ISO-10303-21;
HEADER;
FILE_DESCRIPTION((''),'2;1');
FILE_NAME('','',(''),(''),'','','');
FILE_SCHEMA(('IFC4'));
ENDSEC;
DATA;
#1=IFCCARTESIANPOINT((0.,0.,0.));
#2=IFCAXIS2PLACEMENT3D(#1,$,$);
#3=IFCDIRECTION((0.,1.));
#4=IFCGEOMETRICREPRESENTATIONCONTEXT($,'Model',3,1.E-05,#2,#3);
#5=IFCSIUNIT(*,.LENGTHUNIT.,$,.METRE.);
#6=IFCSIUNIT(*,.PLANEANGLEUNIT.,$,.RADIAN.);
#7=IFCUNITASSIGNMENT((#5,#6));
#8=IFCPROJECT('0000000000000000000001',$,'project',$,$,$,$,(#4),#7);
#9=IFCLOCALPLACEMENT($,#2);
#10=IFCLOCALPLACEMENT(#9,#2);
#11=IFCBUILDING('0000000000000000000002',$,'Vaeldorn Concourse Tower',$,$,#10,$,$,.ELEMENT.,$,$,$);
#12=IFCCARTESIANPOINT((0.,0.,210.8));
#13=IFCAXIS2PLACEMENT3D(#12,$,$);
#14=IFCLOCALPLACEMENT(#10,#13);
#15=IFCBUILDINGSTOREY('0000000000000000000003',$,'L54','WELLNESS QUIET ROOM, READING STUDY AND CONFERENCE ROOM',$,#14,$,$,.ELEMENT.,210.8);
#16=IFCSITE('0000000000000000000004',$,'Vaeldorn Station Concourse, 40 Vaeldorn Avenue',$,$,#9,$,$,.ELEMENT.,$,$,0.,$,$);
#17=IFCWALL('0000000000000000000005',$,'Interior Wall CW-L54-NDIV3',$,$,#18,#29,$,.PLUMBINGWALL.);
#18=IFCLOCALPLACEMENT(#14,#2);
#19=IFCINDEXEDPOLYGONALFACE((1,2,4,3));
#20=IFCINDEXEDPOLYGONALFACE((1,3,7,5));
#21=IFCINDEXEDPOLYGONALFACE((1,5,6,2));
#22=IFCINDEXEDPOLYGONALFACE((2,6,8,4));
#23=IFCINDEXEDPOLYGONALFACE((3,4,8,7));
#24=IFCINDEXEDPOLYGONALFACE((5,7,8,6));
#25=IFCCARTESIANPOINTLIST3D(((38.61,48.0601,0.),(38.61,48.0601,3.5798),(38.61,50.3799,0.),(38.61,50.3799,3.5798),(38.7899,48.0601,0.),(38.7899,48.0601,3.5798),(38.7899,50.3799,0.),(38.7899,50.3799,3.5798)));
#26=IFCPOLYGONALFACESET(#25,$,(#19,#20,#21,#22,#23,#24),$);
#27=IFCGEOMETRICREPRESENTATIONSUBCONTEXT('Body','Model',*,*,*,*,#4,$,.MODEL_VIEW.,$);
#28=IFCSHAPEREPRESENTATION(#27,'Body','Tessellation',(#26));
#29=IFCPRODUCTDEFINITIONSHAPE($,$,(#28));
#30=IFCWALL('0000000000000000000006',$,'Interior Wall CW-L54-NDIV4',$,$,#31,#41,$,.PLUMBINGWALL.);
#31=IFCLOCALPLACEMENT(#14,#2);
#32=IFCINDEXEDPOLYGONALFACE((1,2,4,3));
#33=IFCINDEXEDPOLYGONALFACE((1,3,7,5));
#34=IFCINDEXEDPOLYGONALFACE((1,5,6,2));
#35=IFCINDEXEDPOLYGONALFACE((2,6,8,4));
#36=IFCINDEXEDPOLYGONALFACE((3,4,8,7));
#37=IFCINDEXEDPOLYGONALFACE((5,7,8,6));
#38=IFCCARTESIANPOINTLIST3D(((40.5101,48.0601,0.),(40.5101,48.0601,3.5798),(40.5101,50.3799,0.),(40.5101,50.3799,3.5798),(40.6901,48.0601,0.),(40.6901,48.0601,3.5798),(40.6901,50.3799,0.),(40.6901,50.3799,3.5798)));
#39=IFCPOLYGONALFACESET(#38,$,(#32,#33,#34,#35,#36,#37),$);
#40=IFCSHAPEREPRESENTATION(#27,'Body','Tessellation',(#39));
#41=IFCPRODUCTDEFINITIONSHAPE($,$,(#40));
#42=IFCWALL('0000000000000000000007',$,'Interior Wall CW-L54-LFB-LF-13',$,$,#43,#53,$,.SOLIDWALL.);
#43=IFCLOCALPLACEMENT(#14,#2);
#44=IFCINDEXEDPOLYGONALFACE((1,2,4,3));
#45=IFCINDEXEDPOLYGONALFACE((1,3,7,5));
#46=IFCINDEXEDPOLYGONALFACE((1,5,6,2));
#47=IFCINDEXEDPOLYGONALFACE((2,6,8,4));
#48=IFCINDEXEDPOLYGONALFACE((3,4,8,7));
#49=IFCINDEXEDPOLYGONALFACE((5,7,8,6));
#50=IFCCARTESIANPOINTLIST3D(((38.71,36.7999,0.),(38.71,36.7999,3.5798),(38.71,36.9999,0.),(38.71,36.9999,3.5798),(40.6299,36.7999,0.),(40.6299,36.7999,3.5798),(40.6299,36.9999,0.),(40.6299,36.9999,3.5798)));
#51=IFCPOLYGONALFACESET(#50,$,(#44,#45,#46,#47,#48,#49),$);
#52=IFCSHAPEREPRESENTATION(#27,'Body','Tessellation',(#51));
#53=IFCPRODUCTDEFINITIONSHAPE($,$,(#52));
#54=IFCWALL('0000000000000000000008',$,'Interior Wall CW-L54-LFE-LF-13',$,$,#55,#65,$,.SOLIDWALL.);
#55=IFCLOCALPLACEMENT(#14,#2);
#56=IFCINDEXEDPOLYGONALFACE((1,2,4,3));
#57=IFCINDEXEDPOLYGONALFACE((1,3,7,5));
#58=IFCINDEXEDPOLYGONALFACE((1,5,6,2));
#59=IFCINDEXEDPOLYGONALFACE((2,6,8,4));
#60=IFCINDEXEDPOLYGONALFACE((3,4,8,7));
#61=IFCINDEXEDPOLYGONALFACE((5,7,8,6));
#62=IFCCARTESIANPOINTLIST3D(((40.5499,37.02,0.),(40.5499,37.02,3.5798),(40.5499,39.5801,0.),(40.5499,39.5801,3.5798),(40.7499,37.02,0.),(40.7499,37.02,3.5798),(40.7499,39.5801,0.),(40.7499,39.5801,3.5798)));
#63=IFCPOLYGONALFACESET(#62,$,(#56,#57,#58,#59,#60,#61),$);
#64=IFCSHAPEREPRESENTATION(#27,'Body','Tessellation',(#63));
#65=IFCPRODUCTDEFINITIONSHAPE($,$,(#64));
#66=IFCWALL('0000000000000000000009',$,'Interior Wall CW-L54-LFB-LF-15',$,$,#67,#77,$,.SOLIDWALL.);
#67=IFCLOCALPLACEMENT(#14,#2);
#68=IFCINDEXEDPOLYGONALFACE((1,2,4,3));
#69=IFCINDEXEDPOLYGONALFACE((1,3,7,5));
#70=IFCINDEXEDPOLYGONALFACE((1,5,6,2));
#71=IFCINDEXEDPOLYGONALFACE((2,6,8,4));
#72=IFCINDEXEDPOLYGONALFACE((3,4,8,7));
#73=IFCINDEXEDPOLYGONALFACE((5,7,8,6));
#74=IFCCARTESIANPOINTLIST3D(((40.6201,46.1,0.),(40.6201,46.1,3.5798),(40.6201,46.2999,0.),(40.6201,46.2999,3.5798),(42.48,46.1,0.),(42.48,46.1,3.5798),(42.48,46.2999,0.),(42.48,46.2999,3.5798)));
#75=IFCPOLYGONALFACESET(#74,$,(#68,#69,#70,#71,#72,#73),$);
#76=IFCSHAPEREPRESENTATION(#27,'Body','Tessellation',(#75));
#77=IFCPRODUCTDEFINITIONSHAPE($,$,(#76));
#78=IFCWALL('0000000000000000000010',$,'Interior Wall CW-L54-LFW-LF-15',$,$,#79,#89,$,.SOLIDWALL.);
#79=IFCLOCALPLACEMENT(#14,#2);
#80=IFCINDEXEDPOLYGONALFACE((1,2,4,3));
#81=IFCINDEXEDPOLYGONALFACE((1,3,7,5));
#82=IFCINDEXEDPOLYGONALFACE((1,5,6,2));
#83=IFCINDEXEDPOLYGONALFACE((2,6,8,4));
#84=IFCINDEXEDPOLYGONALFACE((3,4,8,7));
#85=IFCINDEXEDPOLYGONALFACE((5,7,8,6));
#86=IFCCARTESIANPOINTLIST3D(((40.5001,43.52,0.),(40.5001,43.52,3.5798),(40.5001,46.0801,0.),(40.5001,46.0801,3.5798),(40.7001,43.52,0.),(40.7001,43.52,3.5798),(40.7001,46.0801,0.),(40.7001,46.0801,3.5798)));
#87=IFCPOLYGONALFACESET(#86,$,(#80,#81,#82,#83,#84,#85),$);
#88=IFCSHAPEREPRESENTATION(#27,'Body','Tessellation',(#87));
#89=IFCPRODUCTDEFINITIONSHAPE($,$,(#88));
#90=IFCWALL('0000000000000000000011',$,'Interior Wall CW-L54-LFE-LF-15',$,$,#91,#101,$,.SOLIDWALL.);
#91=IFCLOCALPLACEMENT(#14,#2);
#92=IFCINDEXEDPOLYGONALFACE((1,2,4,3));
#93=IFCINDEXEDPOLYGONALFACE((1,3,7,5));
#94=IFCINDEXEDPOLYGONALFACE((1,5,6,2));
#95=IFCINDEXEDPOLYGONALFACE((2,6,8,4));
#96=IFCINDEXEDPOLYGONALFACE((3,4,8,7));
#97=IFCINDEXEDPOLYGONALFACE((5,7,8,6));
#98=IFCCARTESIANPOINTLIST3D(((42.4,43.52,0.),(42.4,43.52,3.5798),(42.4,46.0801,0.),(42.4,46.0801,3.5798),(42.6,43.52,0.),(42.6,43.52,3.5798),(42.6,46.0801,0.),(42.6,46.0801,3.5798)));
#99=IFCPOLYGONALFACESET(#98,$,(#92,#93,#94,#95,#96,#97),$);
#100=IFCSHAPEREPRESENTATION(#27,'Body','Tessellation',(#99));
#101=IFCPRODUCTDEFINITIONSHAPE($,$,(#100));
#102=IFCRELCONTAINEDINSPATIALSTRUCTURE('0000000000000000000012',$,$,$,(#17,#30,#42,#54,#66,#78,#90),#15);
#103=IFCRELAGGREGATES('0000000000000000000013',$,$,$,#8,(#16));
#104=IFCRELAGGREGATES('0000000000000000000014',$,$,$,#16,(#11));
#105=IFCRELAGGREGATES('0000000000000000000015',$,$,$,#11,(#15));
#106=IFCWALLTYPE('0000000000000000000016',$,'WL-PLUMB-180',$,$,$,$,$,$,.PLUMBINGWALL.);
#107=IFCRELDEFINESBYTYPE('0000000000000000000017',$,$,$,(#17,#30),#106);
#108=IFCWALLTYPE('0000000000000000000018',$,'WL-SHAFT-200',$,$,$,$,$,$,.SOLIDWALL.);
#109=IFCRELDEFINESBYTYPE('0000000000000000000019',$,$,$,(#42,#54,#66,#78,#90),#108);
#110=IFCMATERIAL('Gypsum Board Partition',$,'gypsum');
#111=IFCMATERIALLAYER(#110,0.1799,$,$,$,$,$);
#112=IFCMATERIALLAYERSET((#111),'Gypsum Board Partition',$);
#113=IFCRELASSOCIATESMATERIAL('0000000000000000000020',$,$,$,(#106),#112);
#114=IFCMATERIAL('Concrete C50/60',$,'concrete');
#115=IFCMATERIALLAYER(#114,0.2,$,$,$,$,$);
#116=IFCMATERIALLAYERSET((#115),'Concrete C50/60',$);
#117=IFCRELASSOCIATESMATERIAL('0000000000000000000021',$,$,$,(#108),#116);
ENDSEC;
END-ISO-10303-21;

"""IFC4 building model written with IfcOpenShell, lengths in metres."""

from ifc_helpers import new_model, si_unit, direction, frame, frame_2d, origin, place, context, subcontext, project, spatial, rectangle, extrude, material, layer, layer_set, type_object, element, save


model = new_model("IFC4")

# Units and contexts
model_context = context("Model", 3, precision=1e-05, world=origin(), true_north=direction((0.0, 1.0)))
body_context = subcontext(model_context, "Body", "Model", "MODEL_VIEW")
ifc_project = project(units=[si_unit("LENGTHUNIT", "METRE"), si_unit("PLANEANGLEUNIT", "RADIAN")], contexts=[model_context])

# Site, building, storey
site_placement = place(None, origin())
site = spatial("IfcSite", under=ifc_project, at=site_placement, Name="Vaeldorn Station Concourse, 40 Vaeldorn Avenue", CompositionType="ELEMENT", RefElevation=0.0)
building_placement = place(site_placement, origin())
building = spatial("IfcBuilding", under=site, at=building_placement, Name="Vaeldorn Concourse Tower", CompositionType="ELEMENT")
storey_placement = place(building_placement, frame((0.0, 0.0, 210.8)))
storey = spatial("IfcBuildingStorey", under=building, at=storey_placement, Name="L54", Description="WELLNESS QUIET ROOM, READING STUDY AND CONFERENCE ROOM", CompositionType="ELEMENT", Elevation=210.8)

# Shared definitions
ifc_material_1 = material(Name="Concrete C50/60", Category="concrete")
ifc_material_2 = material(Name="Gypsum Board Partition", Category="gypsum")

# Shared definitions
ifc_layer_1 = layer(ifc_material_2, 0.1799)
ifc_layer_set_1 = layer_set([ifc_layer_1], Name="Gypsum Board Partition")
wall_type_1 = type_object("IfcWallType", Name="WL-PLUMB-180", PredefinedType="PLUMBINGWALL", material=ifc_layer_set_1)

# Walls
for number, where, z_axis, x_axis, name in (
    (1, (38.7, 48.0601, 0.0), (0.0, 0.0, 1.0), (0.0, 1.0, 0.0), "Interior Wall CW-L54-NDIV3"),
    (2, (40.6001, 48.0601, 0.0), (0.0, 0.0, 1.0), (0.0, 1.0, 0.0), "Interior Wall CW-L54-NDIV4"),
):
    element("IfcWall", number, at=place(storey_placement, frame(where, z_axis=z_axis, x_axis=x_axis)), inside=storey, type_object=wall_type_1, Name=name, PredefinedType="PLUMBINGWALL", context=body_context, shape_type="SweptSolid", body=[
        extrude(rectangle(XDim=2.3198, YDim=0.1799, at=frame_2d((1.1599, 0.0))), origin(), (0.0, 0.0, 1.0), 3.5798),
    ])

# Shared definitions
ifc_layer_2 = layer(ifc_material_1, 0.2)
ifc_layer_set_2 = layer_set([ifc_layer_2], Name="Concrete C50/60")
wall_type_2 = type_object("IfcWallType", Name="WL-SHAFT-200", PredefinedType="SOLIDWALL", material=ifc_layer_set_2)

# Walls
wall_1_placement = place(storey_placement, frame((38.71, 36.8999, 0.0), z_axis=(0.0, 0.0, 1.0), x_axis=(1.0, 0.0, 0.0)))
element("IfcWall", 3, at=wall_1_placement, inside=storey, type_object=wall_type_2, Name="Interior Wall CW-L54-LFB-LF-13", PredefinedType="SOLIDWALL", context=body_context, shape_type="SweptSolid", body=[
    extrude(rectangle(XDim=1.9199, YDim=0.2, at=frame_2d((0.96, 0.0))), origin(), (0.0, 0.0, 1.0), 3.5798),
])
wall_2_placement = place(storey_placement, frame((40.6499, 37.02, 0.0), z_axis=(0.0, 0.0, 1.0), x_axis=(0.0, 1.0, 0.0)))
element("IfcWall", 4, at=wall_2_placement, inside=storey, type_object=wall_type_2, Name="Interior Wall CW-L54-LFE-LF-13", PredefinedType="SOLIDWALL", context=body_context, shape_type="SweptSolid", body=[
    extrude(rectangle(XDim=2.5601, YDim=0.2, at=frame_2d((1.28, 0.0))), origin(), (0.0, 0.0, 1.0), 3.5798),
])

# Walls
wall_3_placement = place(storey_placement, frame((40.6201, 46.2, 0.0), z_axis=(0.0, 0.0, 1.0), x_axis=(1.0, 0.0, 0.0)))
element("IfcWall", 5, at=wall_3_placement, inside=storey, type_object=wall_type_2, Name="Interior Wall CW-L54-LFB-LF-15", PredefinedType="SOLIDWALL", context=body_context, shape_type="SweptSolid", body=[
    extrude(rectangle(XDim=1.8599, YDim=0.2, at=frame_2d((0.9299, 0.0))), origin(), (0.0, 0.0, 1.0), 3.5798),
])
for number, where, z_axis, x_axis, name in (
    (6, (40.6001, 43.52, 0.0), (0.0, 0.0, 1.0), (0.0, 1.0, 0.0), "Interior Wall CW-L54-LFW-LF-15"),
    (7, (42.5, 43.52, 0.0), (0.0, 0.0, 1.0), (0.0, 1.0, 0.0), "Interior Wall CW-L54-LFE-LF-15"),
):
    element("IfcWall", number, at=place(storey_placement, frame(where, z_axis=z_axis, x_axis=x_axis)), inside=storey, type_object=wall_type_2, Name=name, PredefinedType="SOLIDWALL", context=body_context, shape_type="SweptSolid", body=[
        extrude(rectangle(XDim=2.5601, YDim=0.2, at=frame_2d((1.28, 0.0))), origin(), (0.0, 0.0, 1.0), 3.5798),
    ])

save(model, "model.ifc")
